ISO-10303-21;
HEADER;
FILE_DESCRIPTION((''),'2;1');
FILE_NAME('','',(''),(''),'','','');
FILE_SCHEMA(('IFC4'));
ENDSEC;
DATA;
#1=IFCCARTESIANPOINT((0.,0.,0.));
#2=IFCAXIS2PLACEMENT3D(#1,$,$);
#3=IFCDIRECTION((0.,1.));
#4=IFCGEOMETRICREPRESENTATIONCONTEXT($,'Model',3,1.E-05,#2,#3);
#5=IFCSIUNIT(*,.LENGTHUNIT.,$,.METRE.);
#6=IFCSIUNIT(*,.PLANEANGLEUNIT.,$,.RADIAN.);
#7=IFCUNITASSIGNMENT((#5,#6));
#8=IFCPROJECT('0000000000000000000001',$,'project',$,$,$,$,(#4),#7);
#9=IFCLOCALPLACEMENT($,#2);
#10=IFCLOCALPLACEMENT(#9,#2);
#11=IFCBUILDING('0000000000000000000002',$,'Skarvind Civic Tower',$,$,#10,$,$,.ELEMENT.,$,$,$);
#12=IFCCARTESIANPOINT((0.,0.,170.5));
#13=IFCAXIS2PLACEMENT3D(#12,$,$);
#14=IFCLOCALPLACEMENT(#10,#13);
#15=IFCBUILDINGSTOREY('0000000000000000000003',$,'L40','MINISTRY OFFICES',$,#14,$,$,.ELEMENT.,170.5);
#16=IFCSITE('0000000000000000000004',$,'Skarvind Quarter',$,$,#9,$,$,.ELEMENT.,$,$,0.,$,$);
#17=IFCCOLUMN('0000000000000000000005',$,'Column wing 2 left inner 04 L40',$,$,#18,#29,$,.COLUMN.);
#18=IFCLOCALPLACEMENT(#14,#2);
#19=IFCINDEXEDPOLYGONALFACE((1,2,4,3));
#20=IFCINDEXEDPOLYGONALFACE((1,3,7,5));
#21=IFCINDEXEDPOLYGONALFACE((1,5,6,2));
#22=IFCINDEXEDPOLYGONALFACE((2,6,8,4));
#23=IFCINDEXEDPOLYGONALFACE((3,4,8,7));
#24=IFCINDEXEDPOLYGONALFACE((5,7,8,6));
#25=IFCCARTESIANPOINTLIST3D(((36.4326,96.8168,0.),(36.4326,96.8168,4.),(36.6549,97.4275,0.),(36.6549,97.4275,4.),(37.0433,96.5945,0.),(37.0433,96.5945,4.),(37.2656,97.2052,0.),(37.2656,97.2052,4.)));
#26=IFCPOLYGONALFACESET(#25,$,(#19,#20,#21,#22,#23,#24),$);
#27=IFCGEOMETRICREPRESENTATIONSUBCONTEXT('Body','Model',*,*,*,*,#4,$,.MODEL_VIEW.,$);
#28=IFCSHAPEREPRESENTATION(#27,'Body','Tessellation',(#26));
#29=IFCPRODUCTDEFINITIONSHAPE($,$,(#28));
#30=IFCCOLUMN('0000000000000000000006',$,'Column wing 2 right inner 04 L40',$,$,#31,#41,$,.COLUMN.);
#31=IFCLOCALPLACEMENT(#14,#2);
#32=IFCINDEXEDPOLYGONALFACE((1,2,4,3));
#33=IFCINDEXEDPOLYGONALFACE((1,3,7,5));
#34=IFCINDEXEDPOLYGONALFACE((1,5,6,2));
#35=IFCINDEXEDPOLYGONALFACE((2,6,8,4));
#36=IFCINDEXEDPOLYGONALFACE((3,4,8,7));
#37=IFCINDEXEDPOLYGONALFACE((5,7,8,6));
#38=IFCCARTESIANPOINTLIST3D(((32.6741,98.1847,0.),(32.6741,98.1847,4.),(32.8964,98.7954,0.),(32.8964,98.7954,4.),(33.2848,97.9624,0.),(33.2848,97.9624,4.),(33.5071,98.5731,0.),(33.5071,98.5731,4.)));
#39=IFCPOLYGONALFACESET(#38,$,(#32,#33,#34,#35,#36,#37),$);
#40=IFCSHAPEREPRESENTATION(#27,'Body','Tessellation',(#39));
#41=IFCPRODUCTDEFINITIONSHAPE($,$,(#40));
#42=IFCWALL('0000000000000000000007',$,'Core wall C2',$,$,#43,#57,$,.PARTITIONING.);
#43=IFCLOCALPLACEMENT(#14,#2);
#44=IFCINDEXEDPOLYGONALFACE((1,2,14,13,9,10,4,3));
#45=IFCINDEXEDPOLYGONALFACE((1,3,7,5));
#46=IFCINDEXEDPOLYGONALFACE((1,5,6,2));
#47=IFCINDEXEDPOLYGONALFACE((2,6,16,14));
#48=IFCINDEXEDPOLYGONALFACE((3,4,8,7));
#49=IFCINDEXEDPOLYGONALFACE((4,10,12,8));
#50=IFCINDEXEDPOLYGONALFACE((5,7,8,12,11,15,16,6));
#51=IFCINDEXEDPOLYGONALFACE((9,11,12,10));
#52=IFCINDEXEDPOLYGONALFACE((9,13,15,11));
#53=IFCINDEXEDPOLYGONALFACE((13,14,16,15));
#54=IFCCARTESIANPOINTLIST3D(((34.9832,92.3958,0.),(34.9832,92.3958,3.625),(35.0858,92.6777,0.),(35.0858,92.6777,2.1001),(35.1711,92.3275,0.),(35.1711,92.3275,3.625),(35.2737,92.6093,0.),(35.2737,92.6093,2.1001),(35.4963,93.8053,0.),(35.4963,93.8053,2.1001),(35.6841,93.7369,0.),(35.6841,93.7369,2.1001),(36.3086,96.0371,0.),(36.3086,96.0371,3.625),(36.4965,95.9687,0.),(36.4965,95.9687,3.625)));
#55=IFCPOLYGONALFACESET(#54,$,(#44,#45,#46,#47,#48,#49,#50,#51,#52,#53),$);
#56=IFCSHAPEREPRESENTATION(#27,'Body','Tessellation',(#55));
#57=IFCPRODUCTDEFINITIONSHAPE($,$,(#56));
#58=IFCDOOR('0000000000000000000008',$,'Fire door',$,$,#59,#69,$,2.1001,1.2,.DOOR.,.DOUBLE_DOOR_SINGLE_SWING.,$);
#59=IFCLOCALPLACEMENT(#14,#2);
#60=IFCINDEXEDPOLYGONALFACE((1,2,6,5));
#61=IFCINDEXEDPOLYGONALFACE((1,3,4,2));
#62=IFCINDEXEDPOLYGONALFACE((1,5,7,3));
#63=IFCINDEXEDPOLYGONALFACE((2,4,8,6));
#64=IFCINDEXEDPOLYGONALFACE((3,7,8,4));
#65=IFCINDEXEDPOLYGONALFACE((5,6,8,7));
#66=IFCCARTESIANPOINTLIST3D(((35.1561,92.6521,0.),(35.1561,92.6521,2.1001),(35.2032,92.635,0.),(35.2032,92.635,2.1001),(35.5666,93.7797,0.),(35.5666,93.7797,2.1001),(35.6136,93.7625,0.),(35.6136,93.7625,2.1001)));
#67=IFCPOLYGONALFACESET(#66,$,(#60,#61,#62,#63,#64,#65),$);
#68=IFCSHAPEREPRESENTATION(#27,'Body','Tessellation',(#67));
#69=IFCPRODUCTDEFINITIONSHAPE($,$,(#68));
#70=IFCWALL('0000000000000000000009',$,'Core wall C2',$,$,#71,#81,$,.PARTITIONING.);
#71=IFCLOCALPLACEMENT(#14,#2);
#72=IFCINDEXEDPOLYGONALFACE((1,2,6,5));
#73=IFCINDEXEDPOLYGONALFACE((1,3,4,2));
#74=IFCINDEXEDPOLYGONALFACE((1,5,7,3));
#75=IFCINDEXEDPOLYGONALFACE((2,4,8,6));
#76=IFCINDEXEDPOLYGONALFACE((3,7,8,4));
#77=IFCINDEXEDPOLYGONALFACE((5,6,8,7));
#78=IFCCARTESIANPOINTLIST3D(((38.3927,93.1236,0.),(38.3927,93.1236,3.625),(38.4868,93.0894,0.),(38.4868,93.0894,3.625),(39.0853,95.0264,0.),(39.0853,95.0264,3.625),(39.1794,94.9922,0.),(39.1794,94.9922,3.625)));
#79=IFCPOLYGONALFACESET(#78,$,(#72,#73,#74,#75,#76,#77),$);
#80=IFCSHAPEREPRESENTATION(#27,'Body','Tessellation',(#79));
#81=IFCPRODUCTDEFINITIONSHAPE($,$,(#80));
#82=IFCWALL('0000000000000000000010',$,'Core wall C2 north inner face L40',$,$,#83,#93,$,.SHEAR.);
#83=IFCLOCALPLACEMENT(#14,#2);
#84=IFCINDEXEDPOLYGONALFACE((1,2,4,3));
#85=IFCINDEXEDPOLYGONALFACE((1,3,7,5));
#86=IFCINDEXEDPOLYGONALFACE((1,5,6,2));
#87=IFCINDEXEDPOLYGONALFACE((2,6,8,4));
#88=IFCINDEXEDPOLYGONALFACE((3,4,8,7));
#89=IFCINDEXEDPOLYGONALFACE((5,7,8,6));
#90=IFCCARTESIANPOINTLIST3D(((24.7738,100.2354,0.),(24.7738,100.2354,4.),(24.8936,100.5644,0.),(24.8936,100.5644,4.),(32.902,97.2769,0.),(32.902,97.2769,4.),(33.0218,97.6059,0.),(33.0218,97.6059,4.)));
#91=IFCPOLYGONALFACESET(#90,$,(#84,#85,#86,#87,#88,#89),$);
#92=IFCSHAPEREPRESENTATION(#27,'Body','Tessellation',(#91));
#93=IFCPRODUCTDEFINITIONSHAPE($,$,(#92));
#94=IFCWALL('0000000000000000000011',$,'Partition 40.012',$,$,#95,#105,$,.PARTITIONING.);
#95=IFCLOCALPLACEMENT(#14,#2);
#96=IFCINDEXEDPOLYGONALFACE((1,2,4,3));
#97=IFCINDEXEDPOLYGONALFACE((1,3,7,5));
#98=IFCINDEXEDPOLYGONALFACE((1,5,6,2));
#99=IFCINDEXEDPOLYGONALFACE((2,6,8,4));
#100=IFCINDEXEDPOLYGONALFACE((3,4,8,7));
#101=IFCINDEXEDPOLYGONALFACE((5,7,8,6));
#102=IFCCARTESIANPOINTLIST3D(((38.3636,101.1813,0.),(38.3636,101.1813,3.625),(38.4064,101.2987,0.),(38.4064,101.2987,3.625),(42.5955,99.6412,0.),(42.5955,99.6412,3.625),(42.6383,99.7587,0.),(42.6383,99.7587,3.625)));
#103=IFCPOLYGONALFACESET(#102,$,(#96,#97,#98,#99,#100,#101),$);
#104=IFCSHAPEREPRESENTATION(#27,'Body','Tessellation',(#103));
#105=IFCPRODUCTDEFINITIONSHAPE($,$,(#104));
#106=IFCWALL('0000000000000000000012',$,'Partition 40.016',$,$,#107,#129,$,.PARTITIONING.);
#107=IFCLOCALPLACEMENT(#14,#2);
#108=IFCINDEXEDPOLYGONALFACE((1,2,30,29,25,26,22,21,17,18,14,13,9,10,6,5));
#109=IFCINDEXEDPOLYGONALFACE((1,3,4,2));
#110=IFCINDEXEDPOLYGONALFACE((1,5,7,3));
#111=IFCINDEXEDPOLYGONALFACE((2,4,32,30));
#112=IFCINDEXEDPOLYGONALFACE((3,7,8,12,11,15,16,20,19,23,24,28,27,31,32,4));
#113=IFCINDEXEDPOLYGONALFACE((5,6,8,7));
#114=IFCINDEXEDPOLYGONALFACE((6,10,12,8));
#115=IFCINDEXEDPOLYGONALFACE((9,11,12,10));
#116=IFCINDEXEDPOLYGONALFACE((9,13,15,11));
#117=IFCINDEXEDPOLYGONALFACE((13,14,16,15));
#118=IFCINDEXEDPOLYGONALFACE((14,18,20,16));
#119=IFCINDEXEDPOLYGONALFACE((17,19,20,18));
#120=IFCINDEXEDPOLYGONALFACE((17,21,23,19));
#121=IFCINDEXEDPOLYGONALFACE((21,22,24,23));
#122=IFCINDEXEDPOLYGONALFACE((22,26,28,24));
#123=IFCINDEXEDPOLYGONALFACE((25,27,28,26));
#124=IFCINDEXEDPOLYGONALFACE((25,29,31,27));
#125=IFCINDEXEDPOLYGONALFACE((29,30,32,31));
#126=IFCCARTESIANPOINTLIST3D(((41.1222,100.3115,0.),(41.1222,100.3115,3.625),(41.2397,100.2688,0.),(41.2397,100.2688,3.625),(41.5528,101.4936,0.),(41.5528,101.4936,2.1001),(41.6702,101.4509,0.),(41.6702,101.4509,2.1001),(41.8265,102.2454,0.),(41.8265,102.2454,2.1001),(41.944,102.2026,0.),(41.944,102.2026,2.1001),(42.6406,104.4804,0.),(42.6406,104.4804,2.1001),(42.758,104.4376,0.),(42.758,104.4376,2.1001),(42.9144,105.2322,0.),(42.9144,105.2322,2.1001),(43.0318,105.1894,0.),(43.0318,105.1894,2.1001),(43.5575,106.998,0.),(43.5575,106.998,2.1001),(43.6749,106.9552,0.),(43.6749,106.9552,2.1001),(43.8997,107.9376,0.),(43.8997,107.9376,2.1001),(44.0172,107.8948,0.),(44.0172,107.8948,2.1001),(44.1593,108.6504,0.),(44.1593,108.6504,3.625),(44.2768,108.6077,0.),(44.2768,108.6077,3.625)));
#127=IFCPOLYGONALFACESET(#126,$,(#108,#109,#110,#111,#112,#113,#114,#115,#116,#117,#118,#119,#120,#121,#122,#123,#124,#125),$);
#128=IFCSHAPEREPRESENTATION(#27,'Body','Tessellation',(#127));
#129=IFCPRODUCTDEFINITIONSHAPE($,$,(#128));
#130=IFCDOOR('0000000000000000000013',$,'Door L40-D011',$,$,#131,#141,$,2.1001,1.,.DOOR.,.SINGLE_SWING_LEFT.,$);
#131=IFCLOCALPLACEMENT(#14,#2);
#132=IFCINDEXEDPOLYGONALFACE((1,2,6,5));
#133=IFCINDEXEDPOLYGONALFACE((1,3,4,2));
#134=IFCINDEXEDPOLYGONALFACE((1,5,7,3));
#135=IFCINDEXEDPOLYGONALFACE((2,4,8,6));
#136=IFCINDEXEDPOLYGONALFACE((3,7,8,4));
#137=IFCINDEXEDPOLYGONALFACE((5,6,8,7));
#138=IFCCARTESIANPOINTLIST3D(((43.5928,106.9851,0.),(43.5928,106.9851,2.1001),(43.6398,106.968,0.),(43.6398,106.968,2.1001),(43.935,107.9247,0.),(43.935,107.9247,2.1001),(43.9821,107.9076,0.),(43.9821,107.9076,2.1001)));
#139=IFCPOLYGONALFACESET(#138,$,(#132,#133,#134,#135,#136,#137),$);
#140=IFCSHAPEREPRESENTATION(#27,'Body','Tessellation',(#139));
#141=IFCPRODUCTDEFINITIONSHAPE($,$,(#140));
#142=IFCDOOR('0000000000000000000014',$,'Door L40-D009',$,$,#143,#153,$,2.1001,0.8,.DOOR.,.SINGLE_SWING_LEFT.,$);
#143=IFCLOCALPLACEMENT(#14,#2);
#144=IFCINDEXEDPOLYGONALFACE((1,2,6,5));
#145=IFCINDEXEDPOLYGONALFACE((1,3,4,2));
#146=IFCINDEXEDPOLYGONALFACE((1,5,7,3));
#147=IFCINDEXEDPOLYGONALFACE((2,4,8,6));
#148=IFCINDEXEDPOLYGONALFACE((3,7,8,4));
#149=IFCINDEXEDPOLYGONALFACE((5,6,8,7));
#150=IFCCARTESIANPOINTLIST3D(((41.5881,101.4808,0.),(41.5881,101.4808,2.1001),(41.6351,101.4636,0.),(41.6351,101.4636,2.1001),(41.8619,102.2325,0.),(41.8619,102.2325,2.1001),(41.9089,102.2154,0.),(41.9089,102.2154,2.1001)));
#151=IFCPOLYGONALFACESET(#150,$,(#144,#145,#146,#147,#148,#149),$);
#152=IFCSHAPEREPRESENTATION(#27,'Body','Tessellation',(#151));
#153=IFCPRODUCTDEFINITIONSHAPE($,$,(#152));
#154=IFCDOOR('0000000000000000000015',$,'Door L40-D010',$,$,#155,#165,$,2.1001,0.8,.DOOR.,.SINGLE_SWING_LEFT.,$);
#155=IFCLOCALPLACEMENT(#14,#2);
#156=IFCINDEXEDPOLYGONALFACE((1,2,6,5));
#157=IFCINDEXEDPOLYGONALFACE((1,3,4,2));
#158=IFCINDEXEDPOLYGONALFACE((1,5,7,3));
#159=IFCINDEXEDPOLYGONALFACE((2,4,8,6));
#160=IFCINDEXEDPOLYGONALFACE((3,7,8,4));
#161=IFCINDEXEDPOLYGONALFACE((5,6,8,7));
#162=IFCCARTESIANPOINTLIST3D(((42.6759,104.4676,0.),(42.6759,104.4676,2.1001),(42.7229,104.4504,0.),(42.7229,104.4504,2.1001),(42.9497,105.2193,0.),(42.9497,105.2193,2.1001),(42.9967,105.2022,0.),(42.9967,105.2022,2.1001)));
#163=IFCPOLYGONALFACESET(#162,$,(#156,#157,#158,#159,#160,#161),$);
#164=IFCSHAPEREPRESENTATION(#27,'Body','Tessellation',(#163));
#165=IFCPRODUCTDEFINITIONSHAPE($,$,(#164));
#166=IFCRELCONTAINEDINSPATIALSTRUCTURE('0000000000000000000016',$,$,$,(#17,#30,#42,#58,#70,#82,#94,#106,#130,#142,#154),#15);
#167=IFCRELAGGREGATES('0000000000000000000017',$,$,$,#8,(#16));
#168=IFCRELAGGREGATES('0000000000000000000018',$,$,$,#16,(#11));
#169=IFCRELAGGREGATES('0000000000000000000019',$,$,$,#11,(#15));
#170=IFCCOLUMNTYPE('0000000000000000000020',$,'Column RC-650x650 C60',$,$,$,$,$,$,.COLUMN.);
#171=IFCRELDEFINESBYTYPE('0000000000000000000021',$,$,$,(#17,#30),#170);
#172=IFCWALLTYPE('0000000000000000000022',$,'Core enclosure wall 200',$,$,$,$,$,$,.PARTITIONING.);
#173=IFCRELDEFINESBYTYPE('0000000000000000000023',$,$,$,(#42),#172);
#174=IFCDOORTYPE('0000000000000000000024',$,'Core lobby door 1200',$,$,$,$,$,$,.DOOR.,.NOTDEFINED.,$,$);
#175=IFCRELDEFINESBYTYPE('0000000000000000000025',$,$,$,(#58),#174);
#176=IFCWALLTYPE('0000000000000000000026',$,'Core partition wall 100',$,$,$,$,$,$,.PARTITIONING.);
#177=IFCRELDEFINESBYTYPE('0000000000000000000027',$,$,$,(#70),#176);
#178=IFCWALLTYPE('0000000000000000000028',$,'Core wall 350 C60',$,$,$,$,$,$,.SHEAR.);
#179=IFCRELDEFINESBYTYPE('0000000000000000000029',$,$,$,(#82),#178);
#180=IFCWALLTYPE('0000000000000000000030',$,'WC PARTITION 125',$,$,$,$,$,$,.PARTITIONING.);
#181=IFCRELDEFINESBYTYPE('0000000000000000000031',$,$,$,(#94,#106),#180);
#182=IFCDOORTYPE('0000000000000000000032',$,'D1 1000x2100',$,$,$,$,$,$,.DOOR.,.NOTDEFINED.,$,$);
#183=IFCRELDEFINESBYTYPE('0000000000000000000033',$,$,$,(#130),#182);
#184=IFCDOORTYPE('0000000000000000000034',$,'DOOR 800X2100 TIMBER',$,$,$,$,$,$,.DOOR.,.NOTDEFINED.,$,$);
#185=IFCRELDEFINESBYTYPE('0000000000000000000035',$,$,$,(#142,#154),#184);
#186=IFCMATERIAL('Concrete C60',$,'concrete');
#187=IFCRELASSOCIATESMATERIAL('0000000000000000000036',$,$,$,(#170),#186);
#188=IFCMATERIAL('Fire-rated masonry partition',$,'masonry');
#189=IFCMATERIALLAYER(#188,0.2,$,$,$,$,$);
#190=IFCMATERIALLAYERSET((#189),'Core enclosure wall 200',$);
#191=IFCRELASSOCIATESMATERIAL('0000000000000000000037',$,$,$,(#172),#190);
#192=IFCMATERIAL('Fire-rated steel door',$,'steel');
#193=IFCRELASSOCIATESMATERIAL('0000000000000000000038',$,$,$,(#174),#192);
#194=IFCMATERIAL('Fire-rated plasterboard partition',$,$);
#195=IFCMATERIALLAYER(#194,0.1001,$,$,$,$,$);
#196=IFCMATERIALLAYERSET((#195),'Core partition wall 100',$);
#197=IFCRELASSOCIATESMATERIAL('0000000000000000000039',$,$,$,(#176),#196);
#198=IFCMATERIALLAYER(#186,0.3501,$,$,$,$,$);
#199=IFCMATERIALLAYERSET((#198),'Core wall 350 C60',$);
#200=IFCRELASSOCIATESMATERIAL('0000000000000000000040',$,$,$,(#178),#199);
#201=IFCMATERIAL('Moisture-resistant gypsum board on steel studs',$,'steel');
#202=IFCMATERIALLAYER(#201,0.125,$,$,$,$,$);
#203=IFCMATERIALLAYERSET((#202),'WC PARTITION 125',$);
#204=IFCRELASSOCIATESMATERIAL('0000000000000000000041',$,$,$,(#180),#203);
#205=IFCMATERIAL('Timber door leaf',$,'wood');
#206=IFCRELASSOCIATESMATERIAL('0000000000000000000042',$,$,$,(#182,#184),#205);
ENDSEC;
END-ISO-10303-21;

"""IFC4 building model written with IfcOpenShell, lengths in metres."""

from ifc_helpers import new_model, si_unit, direction, frame, frame_2d, origin, origin_2d, place, context, subcontext, project, spatial, rectangle, extrude, material, layer, layer_set, material_profile, profile_set, type_object, element, fill, save


model = new_model("IFC4")

# Units and contexts
model_context = context("Model", 3, precision=1e-05, world=origin(), true_north=direction((0.0, 1.0)))
body_context = subcontext(model_context, "Body", "Model", "MODEL_VIEW")
ifc_project = project(units=[si_unit("LENGTHUNIT", "METRE"), si_unit("PLANEANGLEUNIT", "RADIAN")], contexts=[model_context])

# Site, building, storey
site_placement = place(None, origin())
site = spatial("IfcSite", under=ifc_project, at=site_placement, Name="Skarvind Quarter", CompositionType="ELEMENT", RefElevation=0.0)
building_placement = place(site_placement, origin())
building = spatial("IfcBuilding", under=site, at=building_placement, Name="Skarvind Civic Tower", CompositionType="ELEMENT")
storey_placement = place(building_placement, frame((0.0, 0.0, 170.5)))
storey = spatial("IfcBuildingStorey", under=building, at=storey_placement, Name="L40", Description="MINISTRY OFFICES", CompositionType="ELEMENT", Elevation=170.5)

# Columns
ifc_material_1 = material(Name="Concrete C60", Category="concrete")
ifc_material_profile = material_profile(ifc_material_1, rectangle(XDim=0.6499, YDim=0.6499, at=origin_2d()), Name="RC-650x650")
ifc_profile_set = profile_set([ifc_material_profile], Name="Concrete C60")
column_type = type_object("IfcColumnType", Name="Column RC-650x650 C60", PredefinedType="COLUMN", material=ifc_profile_set)
for number, where, z_axis, x_axis, name in (
    (1, (36.8491, 97.011, 0.0), (0.0, 0.0, 1.0), (-0.34202, -0.939693, 0.0), "Column wing 2 left inner 04 L40"),
    (2, (33.0906, 98.3789, 0.0), (0.0, 0.0, 1.0), (-0.34202, -0.939693, 0.0), "Column wing 2 right inner 04 L40"),
):
    element("IfcColumn", number, at=place(storey_placement, frame(where, z_axis=z_axis, x_axis=x_axis)), inside=storey, type_object=column_type, Name=name, PredefinedType="COLUMN", context=body_context, shape_type="SweptSolid", body=[
        extrude(rectangle(XDim=0.6499, YDim=0.6499, at=origin_2d()), origin(), (0.0, 0.0, 1.0), 4.0),
    ])

# Wall, opening, door
ifc_material_2 = material(Name="Fire-rated masonry partition", Category="masonry")
ifc_layer_1 = layer(ifc_material_2, 0.2)
ifc_layer_set_1 = layer_set([ifc_layer_1], Name="Core enclosure wall 200")
wall_type_1 = type_object("IfcWallType", Name="Core enclosure wall 200", PredefinedType="PARTITIONING", material=ifc_layer_set_1)
wall_1_placement = place(storey_placement, frame((36.4026, 96.0029, 0.0), z_axis=(0.0, 0.0, 1.0), x_axis=(-0.342042, -0.939685, 0.0)))
wall_1 = element("IfcWall", 3, at=wall_1_placement, inside=storey, type_object=wall_type_1, Name="Core wall C2", PredefinedType="PARTITIONING", context=body_context, shape_type="SweptSolid", body=[
    extrude(rectangle(XDim=3.875, YDim=0.2, at=frame_2d((1.9375, 0.0))), origin(), (0.0, 0.0, 1.0), 3.625),
])
opening_1_placement = place(wall_1_placement, frame((2.375, 0.0, 0.0)))
opening_1 = element("IfcOpeningElement", 4, at=opening_1_placement, cuts=wall_1, PredefinedType="OPENING", context=body_context, shape_type="SweptSolid", body=[
    extrude(rectangle(XDim=1.2, YDim=2.1001, at=frame_2d((0.6001, 1.05))), frame((0.0, 0.1099, 0.0), z_axis=(0.0, -1.0, 0.0), x_axis=(1.0, 0.0, 0.0)), (0.0, 0.0, 1.0), 0.22),
])
ifc_material_3 = material(Name="Fire-rated steel door", Category="steel")
door_type_1 = type_object("IfcDoorType", Name="Core lobby door 1200", OperationType="NOTDEFINED", PredefinedType="DOOR", material=ifc_material_3)
door_1_placement = place(opening_1_placement, origin())
door_1 = element("IfcDoor", 5, at=door_1_placement, inside=storey, type_object=door_type_1, Name="Fire door", OperationType="DOUBLE_DOOR_SINGLE_SWING", OverallHeight=2.1001, OverallWidth=1.2, PredefinedType="DOOR", context=body_context, shape_type="SweptSolid", body=[
    extrude(rectangle(XDim=1.2, YDim=2.1001, at=frame_2d((0.6001, 1.05))), frame((0.0, 0.0249, 0.0), z_axis=(0.0, -1.0, 0.0), x_axis=(1.0, 0.0, 0.0)), (0.0, 0.0, 1.0), 0.05),
])
fill(opening_1, door_1)

# Walls
ifc_material_4 = material(Name="Fire-rated plasterboard partition")
ifc_layer_2 = layer(ifc_material_4, 0.1001)
ifc_layer_set_2 = layer_set([ifc_layer_2], Name="Core partition wall 100")
wall_type_2 = type_object("IfcWallType", Name="Core partition wall 100", PredefinedType="PARTITIONING", material=ifc_layer_set_2)
wall_2_placement = place(storey_placement, frame((39.1323, 95.0093, 0.0), z_axis=(0.0, 0.0, 1.0), x_axis=(-0.342043, -0.939684, 0.0)))
element("IfcWall", 6, at=wall_2_placement, inside=storey, type_object=wall_type_2, Name="Core wall C2", PredefinedType="PARTITIONING", context=body_context, shape_type="SweptSolid", body=[
    extrude(rectangle(XDim=2.0249, YDim=0.1001, at=frame_2d((1.0125, 0.0))), origin(), (0.0, 0.0, 1.0), 3.625),
])
ifc_layer_3 = layer(ifc_material_1, 0.3501)
ifc_layer_set_3 = layer_set([ifc_layer_3], Name="Core wall 350 C60")
wall_type_3 = type_object("IfcWallType", Name="Core wall 350 C60", PredefinedType="SHEAR", material=ifc_layer_set_3)
wall_3_placement = place(storey_placement, frame((32.9619, 97.4414, 0.0), z_axis=(0.0, 0.0, 1.0), x_axis=(-0.93969, 0.342029, 0.0)))
element("IfcWall", 7, at=wall_3_placement, inside=storey, type_object=wall_type_3, Name="Core wall C2 north inner face L40", PredefinedType="SHEAR", context=body_context, shape_type="SweptSolid", body=[
    extrude(rectangle(XDim=8.6499, YDim=0.3501, at=frame_2d((4.325, 0.0))), origin(), (0.0, 0.0, 1.0), 4.0),
])
ifc_material_5 = material(Name="Moisture-resistant gypsum board on steel studs", Category="steel")
ifc_layer_4 = layer(ifc_material_5, 0.125)
ifc_layer_set_4 = layer_set([ifc_layer_4], Name="WC PARTITION 125")
wall_type_4 = type_object("IfcWallType", Name="WC PARTITION 125", PredefinedType="PARTITIONING", material=ifc_layer_set_4)
wall_4_placement = place(storey_placement, frame((38.385, 101.24, 0.0), z_axis=(0.0, 0.0, 1.0), x_axis=(0.939711, -0.341969, 0.0)))
element("IfcWall", 8, at=wall_4_placement, inside=storey, type_object=wall_type_4, Name="Partition 40.012", PredefinedType="PARTITIONING", context=body_context, shape_type="SweptSolid", body=[
    extrude(rectangle(XDim=4.5034, YDim=0.125, at=frame_2d((2.2517, 0.0))), origin(), (0.0, 0.0, 1.0), 3.625),
])

# Wall, openings, doors
wall_5_placement = place(storey_placement, frame((41.1809, 100.29, 0.0), z_axis=(0.0, 0.0, 1.0), x_axis=(0.34222, 0.93962, 0.0)))
wall_5 = element("IfcWall", 9, at=wall_5_placement, inside=storey, type_object=wall_type_4, Name="Partition 40.016", PredefinedType="PARTITIONING", context=body_context, shape_type="SweptSolid", body=[
    extrude(rectangle(XDim=8.8748, YDim=0.125, at=frame_2d((4.4375, 0.0))), origin(), (0.0, 0.0, 1.0), 3.625),
])
opening_2_placement = place(wall_5_placement, frame((1.2583, 0.0, 0.0)))
opening_2 = element("IfcOpeningElement", 10, at=opening_2_placement, cuts=wall_5, PredefinedType="OPENING", context=body_context, shape_type="SweptSolid", body=[
    extrude(rectangle(XDim=0.8, YDim=2.1001, at=frame_2d((0.3999, 1.05))), frame((0.0, 0.0725, 0.0), z_axis=(0.0, -1.0, 0.0), x_axis=(1.0, 0.0, 0.0)), (0.0, 0.0, 1.0), 0.145),
])
opening_3_placement = place(wall_5_placement, frame((4.437, 0.0, 0.0)))
opening_3 = element("IfcOpeningElement", 11, at=opening_3_placement, cuts=wall_5, PredefinedType="OPENING", context=body_context, shape_type="SweptSolid", body=[
    extrude(rectangle(XDim=0.8, YDim=2.1001, at=frame_2d((0.3999, 1.05))), frame((0.0, 0.0725, 0.0), z_axis=(0.0, -1.0, 0.0), x_axis=(1.0, 0.0, 0.0)), (0.0, 0.0, 1.0), 0.145),
])
opening_4_placement = place(wall_5_placement, frame((7.1162, 0.0, 0.0)))
opening_4 = element("IfcOpeningElement", 12, at=opening_4_placement, cuts=wall_5, PredefinedType="OPENING", context=body_context, shape_type="SweptSolid", body=[
    extrude(rectangle(XDim=1.0, YDim=2.1001, at=frame_2d((0.5, 1.05))), frame((0.0, 0.0725, 0.0), z_axis=(0.0, -1.0, 0.0), x_axis=(1.0, 0.0, 0.0)), (0.0, 0.0, 1.0), 0.145),
])
ifc_material_6 = material(Name="Timber door leaf", Category="wood")
door_type_2 = type_object("IfcDoorType", Name="D1 1000x2100", OperationType="NOTDEFINED", PredefinedType="DOOR", material=ifc_material_6)
door_2_placement = place(opening_4_placement, origin())
door_2 = element("IfcDoor", 13, at=door_2_placement, inside=storey, type_object=door_type_2, Name="Door L40-D011", OperationType="SINGLE_SWING_LEFT", OverallHeight=2.1001, OverallWidth=1.0, PredefinedType="DOOR", context=body_context, shape_type="SweptSolid", body=[
    extrude(rectangle(XDim=1.0, YDim=2.1001, at=frame_2d((0.5, 1.05))), frame((0.0, 0.0249, 0.0), z_axis=(0.0, -1.0, 0.0), x_axis=(1.0, 0.0, 0.0)), (0.0, 0.0, 1.0), 0.05),
])
fill(opening_4, door_2)
door_type_3 = type_object("IfcDoorType", Name="DOOR 800X2100 TIMBER", OperationType="NOTDEFINED", PredefinedType="DOOR", material=ifc_material_6)
door_3_placement = place(opening_2_placement, origin())
door_3 = element("IfcDoor", 14, at=door_3_placement, inside=storey, type_object=door_type_3, Name="Door L40-D009", OperationType="SINGLE_SWING_LEFT", OverallHeight=2.1001, OverallWidth=0.8, PredefinedType="DOOR", context=body_context, shape_type="SweptSolid", body=[
    extrude(rectangle(XDim=0.8, YDim=2.1001, at=frame_2d((0.3999, 1.05))), frame((0.0, 0.0249, 0.0), z_axis=(0.0, -1.0, 0.0), x_axis=(1.0, 0.0, 0.0)), (0.0, 0.0, 1.0), 0.05),
])
fill(opening_2, door_3)
door_4_placement = place(opening_3_placement, origin())
door_4 = element("IfcDoor", 15, at=door_4_placement, inside=storey, type_object=door_type_3, Name="Door L40-D010", OperationType="SINGLE_SWING_LEFT", OverallHeight=2.1001, OverallWidth=0.8, PredefinedType="DOOR", context=body_context, shape_type="SweptSolid", body=[
    extrude(rectangle(XDim=0.8, YDim=2.1001, at=frame_2d((0.3999, 1.05))), frame((0.0, 0.0249, 0.0), z_axis=(0.0, -1.0, 0.0), x_axis=(1.0, 0.0, 0.0)), (0.0, 0.0, 1.0), 0.05),
])
fill(opening_3, door_4)

save(model, "model.ifc")
